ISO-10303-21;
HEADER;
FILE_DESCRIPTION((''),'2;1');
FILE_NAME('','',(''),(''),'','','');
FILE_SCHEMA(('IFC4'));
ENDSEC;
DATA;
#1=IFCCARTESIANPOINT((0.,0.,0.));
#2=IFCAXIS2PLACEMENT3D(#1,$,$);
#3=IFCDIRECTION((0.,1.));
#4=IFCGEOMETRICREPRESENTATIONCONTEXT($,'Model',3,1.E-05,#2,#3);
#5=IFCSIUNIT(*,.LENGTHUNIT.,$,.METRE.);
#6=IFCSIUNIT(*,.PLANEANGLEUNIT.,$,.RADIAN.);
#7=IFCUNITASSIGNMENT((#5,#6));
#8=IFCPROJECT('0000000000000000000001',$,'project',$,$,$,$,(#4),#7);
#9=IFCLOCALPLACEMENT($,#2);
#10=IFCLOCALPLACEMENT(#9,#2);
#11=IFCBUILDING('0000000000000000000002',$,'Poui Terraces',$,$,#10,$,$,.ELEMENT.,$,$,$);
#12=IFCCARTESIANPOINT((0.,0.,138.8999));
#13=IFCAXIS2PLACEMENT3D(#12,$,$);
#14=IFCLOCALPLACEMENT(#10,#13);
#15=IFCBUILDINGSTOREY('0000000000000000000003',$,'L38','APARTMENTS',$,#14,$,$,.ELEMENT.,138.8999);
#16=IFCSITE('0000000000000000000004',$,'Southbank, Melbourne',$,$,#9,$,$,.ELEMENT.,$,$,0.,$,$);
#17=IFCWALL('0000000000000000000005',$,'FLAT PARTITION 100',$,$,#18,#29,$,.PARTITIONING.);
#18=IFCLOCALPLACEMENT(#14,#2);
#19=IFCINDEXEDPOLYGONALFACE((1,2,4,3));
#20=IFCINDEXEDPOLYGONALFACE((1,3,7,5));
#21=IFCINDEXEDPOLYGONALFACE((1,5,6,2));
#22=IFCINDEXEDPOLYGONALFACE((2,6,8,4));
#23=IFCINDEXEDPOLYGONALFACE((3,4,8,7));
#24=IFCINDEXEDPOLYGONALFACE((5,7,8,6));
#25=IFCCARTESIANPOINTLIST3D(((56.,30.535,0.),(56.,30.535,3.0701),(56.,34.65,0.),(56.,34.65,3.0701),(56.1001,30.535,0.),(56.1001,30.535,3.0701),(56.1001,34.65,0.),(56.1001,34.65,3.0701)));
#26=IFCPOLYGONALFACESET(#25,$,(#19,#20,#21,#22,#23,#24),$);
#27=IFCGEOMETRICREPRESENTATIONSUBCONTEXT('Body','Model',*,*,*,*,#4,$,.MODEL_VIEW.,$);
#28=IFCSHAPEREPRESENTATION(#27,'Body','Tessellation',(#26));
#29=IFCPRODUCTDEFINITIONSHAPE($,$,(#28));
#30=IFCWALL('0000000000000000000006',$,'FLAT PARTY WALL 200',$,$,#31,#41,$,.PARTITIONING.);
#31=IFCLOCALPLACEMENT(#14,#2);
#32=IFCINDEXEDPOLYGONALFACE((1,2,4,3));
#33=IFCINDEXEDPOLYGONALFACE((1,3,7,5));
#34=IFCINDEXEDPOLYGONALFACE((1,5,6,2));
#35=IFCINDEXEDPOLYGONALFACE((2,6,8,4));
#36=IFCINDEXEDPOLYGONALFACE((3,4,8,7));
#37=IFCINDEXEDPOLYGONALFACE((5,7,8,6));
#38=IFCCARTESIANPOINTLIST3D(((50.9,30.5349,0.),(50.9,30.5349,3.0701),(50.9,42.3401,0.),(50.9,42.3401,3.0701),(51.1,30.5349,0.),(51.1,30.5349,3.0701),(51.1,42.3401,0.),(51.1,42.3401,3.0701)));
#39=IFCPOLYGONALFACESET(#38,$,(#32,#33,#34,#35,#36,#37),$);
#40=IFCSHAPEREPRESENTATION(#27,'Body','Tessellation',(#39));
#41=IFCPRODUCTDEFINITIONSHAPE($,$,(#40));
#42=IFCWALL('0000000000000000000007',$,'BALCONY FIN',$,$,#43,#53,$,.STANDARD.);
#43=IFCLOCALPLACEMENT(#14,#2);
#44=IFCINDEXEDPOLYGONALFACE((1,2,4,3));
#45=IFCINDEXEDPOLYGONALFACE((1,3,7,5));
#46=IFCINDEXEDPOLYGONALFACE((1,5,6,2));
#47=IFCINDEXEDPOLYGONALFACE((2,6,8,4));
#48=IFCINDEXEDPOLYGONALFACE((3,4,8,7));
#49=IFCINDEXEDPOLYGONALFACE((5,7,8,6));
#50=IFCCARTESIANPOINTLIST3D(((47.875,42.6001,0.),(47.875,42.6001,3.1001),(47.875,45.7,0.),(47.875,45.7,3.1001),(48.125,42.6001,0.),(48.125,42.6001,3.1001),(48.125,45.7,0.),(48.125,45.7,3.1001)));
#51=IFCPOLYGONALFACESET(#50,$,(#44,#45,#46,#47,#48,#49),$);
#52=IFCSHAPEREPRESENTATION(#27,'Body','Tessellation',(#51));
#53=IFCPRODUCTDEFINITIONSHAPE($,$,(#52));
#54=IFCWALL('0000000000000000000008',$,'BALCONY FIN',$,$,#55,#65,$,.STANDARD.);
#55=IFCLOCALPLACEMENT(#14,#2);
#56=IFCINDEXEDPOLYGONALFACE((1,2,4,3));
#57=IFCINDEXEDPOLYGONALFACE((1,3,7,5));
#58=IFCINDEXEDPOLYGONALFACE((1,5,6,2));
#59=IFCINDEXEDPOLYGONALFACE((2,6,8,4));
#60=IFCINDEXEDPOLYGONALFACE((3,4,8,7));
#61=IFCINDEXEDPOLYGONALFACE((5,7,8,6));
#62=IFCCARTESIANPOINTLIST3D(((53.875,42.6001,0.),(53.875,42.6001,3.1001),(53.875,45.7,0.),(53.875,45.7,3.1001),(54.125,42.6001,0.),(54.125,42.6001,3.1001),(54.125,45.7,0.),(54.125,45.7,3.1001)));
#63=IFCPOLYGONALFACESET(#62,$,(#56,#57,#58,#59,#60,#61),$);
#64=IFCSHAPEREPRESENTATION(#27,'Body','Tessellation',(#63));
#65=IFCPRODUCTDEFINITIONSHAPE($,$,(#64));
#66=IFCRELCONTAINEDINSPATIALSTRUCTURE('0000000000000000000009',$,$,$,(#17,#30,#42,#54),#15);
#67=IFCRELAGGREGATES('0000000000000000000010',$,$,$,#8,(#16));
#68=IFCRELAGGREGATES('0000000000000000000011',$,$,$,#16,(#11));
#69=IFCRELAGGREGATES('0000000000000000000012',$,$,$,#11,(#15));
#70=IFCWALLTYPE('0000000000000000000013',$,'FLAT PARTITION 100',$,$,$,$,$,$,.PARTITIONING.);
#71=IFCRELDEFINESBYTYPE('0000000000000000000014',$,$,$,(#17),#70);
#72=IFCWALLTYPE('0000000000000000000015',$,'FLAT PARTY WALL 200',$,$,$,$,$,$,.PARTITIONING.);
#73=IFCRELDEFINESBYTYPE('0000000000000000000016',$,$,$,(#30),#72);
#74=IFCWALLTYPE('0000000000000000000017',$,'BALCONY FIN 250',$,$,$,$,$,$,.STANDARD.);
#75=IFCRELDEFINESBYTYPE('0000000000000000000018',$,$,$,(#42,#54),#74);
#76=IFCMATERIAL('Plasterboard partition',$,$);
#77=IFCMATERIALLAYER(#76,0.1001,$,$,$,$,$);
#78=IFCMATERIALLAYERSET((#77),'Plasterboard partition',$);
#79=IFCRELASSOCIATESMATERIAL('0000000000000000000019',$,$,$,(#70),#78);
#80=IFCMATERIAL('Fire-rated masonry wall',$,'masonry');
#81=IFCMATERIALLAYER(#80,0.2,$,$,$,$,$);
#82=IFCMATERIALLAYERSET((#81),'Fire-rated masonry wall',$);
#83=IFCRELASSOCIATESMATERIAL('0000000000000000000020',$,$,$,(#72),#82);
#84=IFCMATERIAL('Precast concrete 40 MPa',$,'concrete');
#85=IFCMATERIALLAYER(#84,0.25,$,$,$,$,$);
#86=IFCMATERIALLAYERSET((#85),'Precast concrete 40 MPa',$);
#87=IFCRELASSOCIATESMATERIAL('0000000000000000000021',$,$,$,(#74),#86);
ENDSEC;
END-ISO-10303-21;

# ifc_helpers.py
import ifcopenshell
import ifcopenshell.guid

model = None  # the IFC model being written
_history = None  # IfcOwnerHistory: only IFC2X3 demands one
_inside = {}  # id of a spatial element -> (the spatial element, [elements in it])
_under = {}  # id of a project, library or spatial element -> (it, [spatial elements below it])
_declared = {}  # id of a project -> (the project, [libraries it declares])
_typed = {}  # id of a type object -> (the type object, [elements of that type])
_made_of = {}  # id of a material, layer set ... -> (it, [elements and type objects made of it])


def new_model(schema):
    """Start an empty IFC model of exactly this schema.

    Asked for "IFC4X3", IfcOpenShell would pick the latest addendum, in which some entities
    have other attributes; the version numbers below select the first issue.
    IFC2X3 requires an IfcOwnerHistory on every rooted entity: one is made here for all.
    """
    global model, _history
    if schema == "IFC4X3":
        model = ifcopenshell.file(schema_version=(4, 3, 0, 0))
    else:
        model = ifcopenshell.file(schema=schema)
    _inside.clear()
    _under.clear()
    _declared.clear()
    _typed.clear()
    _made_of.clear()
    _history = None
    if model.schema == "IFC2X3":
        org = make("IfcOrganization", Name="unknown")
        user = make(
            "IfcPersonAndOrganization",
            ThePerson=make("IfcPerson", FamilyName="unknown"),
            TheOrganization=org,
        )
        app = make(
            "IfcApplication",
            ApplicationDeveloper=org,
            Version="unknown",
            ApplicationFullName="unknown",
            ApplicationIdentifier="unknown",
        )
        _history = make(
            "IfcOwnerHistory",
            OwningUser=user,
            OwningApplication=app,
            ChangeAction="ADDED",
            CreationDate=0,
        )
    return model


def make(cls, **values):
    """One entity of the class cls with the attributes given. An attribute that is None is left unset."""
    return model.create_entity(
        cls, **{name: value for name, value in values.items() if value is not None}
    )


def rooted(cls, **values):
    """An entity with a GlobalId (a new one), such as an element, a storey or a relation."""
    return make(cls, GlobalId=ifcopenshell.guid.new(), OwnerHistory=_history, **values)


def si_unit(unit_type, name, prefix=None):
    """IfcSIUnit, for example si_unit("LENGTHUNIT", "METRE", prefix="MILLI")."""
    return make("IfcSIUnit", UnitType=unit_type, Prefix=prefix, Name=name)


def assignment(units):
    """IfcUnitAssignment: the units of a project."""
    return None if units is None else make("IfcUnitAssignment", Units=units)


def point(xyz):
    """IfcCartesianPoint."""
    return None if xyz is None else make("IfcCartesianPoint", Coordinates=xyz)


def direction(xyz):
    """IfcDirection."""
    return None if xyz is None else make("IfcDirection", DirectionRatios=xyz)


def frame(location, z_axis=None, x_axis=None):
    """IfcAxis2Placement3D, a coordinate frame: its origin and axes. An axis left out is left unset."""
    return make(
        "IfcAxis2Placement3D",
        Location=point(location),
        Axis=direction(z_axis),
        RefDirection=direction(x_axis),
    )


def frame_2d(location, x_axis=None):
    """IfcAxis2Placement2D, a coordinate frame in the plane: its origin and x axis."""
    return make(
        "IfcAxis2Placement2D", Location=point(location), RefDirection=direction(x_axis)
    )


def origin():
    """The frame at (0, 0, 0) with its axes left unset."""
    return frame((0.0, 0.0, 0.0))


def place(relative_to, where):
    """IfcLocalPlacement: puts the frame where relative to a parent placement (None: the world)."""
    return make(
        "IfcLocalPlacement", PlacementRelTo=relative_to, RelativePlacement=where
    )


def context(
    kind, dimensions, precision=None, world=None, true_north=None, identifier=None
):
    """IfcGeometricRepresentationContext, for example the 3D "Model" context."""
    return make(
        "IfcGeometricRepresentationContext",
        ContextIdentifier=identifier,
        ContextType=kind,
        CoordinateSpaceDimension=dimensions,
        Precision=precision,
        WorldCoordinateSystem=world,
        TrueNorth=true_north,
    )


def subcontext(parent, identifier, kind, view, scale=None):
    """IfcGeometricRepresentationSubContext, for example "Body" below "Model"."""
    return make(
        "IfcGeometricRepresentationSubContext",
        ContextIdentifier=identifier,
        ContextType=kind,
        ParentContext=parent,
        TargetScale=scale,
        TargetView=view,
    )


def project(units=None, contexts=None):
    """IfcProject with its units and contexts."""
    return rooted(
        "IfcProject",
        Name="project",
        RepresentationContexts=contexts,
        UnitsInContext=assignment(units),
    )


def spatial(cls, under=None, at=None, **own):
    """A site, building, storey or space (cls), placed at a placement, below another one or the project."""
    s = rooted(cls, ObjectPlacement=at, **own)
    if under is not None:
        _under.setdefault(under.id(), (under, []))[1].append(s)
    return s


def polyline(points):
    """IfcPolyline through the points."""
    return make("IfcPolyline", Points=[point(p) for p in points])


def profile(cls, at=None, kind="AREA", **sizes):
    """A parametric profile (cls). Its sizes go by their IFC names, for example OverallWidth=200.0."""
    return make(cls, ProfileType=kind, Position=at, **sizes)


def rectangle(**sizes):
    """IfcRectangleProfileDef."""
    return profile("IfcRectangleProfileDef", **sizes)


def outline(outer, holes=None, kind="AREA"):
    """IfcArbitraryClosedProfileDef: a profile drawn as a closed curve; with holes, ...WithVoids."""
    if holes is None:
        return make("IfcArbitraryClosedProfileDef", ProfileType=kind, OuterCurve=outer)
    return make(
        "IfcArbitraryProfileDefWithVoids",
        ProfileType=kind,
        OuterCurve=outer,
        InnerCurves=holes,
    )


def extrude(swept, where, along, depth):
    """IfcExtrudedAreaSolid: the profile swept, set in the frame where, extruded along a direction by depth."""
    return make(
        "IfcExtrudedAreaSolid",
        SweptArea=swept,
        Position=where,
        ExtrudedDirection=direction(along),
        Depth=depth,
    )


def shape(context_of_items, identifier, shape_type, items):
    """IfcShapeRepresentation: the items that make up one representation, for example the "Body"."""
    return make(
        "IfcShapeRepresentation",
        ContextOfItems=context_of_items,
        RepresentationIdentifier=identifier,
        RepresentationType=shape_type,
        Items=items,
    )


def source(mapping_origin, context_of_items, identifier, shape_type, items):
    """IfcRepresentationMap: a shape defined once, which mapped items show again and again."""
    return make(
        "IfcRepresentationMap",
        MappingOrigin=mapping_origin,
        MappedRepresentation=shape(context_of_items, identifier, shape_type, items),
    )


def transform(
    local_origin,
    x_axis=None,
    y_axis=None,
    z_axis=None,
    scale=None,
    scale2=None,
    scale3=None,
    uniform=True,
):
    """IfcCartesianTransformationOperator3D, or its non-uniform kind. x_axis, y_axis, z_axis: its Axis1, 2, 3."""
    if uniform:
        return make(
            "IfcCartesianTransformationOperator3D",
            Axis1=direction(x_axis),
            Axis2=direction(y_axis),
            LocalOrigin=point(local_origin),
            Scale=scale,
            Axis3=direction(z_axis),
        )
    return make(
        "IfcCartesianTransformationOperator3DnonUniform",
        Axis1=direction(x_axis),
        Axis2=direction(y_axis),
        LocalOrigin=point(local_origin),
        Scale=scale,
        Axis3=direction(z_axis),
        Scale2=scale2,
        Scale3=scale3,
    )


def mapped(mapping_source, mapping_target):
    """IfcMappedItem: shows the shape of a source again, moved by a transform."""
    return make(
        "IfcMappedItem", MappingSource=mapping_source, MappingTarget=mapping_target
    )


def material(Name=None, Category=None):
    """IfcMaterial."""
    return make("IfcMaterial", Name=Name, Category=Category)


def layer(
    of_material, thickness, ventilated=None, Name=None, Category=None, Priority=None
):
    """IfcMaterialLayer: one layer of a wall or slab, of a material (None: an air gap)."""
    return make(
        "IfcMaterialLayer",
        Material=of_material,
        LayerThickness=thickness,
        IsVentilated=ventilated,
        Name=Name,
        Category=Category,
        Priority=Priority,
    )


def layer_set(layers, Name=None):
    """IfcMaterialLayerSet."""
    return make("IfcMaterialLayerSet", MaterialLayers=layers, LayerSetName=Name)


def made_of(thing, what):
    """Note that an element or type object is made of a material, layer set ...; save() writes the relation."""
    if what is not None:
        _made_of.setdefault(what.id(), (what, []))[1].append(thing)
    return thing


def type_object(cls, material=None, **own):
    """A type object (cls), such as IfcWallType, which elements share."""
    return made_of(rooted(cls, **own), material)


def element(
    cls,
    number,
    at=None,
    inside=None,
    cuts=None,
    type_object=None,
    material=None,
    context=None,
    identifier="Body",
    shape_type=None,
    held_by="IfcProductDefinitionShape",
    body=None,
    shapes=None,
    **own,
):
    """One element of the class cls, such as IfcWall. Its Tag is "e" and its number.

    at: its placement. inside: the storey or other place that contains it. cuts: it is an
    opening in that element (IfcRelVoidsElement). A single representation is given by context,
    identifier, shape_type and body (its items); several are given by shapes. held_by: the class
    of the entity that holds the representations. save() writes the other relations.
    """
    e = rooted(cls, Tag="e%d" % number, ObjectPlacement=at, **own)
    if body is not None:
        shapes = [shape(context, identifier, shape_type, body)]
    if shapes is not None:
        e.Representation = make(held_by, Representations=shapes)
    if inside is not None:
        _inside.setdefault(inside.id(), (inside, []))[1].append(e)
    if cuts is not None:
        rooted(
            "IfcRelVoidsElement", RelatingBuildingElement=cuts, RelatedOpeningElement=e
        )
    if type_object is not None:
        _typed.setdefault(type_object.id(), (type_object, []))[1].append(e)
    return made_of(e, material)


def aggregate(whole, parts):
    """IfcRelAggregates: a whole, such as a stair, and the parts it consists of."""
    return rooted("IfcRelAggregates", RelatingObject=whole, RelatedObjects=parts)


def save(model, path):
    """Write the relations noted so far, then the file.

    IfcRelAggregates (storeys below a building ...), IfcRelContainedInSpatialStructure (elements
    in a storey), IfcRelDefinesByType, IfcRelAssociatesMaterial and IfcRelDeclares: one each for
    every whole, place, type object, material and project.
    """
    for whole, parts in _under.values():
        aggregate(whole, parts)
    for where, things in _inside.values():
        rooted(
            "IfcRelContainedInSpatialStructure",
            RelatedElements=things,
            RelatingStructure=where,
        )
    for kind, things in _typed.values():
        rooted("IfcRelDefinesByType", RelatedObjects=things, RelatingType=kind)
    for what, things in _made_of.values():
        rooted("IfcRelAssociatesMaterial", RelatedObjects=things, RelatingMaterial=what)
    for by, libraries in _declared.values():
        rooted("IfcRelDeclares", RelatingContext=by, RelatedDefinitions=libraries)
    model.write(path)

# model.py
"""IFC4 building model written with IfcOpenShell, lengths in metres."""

from ifc_helpers import new_model, si_unit, direction, frame, frame_2d, origin, place, context, subcontext, project, spatial, polyline, rectangle, outline, extrude, source, transform, mapped, material, layer, layer_set, type_object, element, save


model = new_model("IFC4")

# Units and contexts
model_context = context("Model", 3, precision=1e-05, world=origin(), true_north=direction((0.0, 1.0)))
body_context = subcontext(model_context, "Body", "Model", "MODEL_VIEW")
ifc_project = project(units=[si_unit("LENGTHUNIT", "METRE"), si_unit("PLANEANGLEUNIT", "RADIAN")], contexts=[model_context])

# Site, building, storey
site_placement = place(None, origin())
site = spatial("IfcSite", under=ifc_project, at=site_placement, Name="Southbank, Melbourne", CompositionType="ELEMENT", RefElevation=0.0)
building_placement = place(site_placement, origin())
building = spatial("IfcBuilding", under=site, at=building_placement, Name="Poui Terraces", CompositionType="ELEMENT")
storey_placement = place(building_placement, frame((0.0, 0.0, 138.8999)))
storey = spatial("IfcBuildingStorey", under=building, at=storey_placement, Name="L38", Description="APARTMENTS", CompositionType="ELEMENT", Elevation=138.8999)

# Shared definitions
ifc_material_1 = material(Name="Plasterboard partition")
ifc_layer_1 = layer(ifc_material_1, 0.1001)
ifc_layer_set_1 = layer_set([ifc_layer_1], Name="Plasterboard partition")
wall_type_1 = type_object("IfcWallType", Name="FLAT PARTITION 100", PredefinedType="PARTITIONING", material=ifc_layer_set_1)

# Walls
wall_1_placement = place(storey_placement, frame((56.05, 30.5349, 0.0), z_axis=(0.0, 0.0, 1.0), x_axis=(0.0, 1.0, 0.0)))
element("IfcWall", 1, at=wall_1_placement, inside=storey, type_object=wall_type_1, Name="FLAT PARTITION 100", PredefinedType="PARTITIONING", context=body_context, shape_type="SweptSolid", body=[
    extrude(rectangle(XDim=4.115, YDim=0.1001, at=frame_2d((2.0576, 0.0))), origin(), (0.0, 0.0, 1.0), 3.0701),
])
ifc_material_2 = material(Name="Fire-rated masonry wall", Category="masonry")
ifc_layer_2 = layer(ifc_material_2, 0.2)
ifc_layer_set_2 = layer_set([ifc_layer_2], Name="Fire-rated masonry wall")
wall_type_2 = type_object("IfcWallType", Name="FLAT PARTY WALL 200", PredefinedType="PARTITIONING", material=ifc_layer_set_2)
wall_2_placement = place(storey_placement, frame((51.0, 30.5349, 0.0), z_axis=(0.0, 0.0, 1.0), x_axis=(0.0, 1.0, 0.0)))
element("IfcWall", 2, at=wall_2_placement, inside=storey, type_object=wall_type_2, Name="FLAT PARTY WALL 200", PredefinedType="PARTITIONING", context=body_context, shape_type="SweptSolid", body=[
    extrude(rectangle(XDim=11.8052, YDim=0.2, at=frame_2d((5.9026, 0.0))), origin(), (0.0, 0.0, 1.0), 3.0701),
])
ifc_material_3 = material(Name="Precast concrete 40 MPa", Category="concrete")
ifc_layer_3 = layer(ifc_material_3, 0.25)
ifc_layer_set_3 = layer_set([ifc_layer_3], Name="Precast concrete 40 MPa")
wall_type_3 = type_object("IfcWallType", Name="BALCONY FIN 250", PredefinedType="STANDARD", material=ifc_layer_set_3)
shared_shape = source(origin(), body_context, "Body", "SweptSolid", [
    extrude(outline(polyline([(0.0, 0.0), (0.25, 0.0), (0.25, 3.0999), (0.0, 3.0999), (0.0, 0.0)])), origin(), (0.0, 0.0, 1.0), 3.1001),
])
for number, where, name in (
    (3, (47.875, 42.6001, 0.0), "BALCONY FIN"),
    (4, (53.875, 42.6001, 0.0), "BALCONY FIN"),
):
    element("IfcWall", number, at=place(storey_placement, frame(where)), inside=storey, type_object=wall_type_3, Name=name, PredefinedType="STANDARD", context=body_context, shape_type="MappedRepresentation", body=[
        mapped(shared_shape, transform((0.0, 0.0, 0.0))),
    ])

save(model, "model.ifc")
